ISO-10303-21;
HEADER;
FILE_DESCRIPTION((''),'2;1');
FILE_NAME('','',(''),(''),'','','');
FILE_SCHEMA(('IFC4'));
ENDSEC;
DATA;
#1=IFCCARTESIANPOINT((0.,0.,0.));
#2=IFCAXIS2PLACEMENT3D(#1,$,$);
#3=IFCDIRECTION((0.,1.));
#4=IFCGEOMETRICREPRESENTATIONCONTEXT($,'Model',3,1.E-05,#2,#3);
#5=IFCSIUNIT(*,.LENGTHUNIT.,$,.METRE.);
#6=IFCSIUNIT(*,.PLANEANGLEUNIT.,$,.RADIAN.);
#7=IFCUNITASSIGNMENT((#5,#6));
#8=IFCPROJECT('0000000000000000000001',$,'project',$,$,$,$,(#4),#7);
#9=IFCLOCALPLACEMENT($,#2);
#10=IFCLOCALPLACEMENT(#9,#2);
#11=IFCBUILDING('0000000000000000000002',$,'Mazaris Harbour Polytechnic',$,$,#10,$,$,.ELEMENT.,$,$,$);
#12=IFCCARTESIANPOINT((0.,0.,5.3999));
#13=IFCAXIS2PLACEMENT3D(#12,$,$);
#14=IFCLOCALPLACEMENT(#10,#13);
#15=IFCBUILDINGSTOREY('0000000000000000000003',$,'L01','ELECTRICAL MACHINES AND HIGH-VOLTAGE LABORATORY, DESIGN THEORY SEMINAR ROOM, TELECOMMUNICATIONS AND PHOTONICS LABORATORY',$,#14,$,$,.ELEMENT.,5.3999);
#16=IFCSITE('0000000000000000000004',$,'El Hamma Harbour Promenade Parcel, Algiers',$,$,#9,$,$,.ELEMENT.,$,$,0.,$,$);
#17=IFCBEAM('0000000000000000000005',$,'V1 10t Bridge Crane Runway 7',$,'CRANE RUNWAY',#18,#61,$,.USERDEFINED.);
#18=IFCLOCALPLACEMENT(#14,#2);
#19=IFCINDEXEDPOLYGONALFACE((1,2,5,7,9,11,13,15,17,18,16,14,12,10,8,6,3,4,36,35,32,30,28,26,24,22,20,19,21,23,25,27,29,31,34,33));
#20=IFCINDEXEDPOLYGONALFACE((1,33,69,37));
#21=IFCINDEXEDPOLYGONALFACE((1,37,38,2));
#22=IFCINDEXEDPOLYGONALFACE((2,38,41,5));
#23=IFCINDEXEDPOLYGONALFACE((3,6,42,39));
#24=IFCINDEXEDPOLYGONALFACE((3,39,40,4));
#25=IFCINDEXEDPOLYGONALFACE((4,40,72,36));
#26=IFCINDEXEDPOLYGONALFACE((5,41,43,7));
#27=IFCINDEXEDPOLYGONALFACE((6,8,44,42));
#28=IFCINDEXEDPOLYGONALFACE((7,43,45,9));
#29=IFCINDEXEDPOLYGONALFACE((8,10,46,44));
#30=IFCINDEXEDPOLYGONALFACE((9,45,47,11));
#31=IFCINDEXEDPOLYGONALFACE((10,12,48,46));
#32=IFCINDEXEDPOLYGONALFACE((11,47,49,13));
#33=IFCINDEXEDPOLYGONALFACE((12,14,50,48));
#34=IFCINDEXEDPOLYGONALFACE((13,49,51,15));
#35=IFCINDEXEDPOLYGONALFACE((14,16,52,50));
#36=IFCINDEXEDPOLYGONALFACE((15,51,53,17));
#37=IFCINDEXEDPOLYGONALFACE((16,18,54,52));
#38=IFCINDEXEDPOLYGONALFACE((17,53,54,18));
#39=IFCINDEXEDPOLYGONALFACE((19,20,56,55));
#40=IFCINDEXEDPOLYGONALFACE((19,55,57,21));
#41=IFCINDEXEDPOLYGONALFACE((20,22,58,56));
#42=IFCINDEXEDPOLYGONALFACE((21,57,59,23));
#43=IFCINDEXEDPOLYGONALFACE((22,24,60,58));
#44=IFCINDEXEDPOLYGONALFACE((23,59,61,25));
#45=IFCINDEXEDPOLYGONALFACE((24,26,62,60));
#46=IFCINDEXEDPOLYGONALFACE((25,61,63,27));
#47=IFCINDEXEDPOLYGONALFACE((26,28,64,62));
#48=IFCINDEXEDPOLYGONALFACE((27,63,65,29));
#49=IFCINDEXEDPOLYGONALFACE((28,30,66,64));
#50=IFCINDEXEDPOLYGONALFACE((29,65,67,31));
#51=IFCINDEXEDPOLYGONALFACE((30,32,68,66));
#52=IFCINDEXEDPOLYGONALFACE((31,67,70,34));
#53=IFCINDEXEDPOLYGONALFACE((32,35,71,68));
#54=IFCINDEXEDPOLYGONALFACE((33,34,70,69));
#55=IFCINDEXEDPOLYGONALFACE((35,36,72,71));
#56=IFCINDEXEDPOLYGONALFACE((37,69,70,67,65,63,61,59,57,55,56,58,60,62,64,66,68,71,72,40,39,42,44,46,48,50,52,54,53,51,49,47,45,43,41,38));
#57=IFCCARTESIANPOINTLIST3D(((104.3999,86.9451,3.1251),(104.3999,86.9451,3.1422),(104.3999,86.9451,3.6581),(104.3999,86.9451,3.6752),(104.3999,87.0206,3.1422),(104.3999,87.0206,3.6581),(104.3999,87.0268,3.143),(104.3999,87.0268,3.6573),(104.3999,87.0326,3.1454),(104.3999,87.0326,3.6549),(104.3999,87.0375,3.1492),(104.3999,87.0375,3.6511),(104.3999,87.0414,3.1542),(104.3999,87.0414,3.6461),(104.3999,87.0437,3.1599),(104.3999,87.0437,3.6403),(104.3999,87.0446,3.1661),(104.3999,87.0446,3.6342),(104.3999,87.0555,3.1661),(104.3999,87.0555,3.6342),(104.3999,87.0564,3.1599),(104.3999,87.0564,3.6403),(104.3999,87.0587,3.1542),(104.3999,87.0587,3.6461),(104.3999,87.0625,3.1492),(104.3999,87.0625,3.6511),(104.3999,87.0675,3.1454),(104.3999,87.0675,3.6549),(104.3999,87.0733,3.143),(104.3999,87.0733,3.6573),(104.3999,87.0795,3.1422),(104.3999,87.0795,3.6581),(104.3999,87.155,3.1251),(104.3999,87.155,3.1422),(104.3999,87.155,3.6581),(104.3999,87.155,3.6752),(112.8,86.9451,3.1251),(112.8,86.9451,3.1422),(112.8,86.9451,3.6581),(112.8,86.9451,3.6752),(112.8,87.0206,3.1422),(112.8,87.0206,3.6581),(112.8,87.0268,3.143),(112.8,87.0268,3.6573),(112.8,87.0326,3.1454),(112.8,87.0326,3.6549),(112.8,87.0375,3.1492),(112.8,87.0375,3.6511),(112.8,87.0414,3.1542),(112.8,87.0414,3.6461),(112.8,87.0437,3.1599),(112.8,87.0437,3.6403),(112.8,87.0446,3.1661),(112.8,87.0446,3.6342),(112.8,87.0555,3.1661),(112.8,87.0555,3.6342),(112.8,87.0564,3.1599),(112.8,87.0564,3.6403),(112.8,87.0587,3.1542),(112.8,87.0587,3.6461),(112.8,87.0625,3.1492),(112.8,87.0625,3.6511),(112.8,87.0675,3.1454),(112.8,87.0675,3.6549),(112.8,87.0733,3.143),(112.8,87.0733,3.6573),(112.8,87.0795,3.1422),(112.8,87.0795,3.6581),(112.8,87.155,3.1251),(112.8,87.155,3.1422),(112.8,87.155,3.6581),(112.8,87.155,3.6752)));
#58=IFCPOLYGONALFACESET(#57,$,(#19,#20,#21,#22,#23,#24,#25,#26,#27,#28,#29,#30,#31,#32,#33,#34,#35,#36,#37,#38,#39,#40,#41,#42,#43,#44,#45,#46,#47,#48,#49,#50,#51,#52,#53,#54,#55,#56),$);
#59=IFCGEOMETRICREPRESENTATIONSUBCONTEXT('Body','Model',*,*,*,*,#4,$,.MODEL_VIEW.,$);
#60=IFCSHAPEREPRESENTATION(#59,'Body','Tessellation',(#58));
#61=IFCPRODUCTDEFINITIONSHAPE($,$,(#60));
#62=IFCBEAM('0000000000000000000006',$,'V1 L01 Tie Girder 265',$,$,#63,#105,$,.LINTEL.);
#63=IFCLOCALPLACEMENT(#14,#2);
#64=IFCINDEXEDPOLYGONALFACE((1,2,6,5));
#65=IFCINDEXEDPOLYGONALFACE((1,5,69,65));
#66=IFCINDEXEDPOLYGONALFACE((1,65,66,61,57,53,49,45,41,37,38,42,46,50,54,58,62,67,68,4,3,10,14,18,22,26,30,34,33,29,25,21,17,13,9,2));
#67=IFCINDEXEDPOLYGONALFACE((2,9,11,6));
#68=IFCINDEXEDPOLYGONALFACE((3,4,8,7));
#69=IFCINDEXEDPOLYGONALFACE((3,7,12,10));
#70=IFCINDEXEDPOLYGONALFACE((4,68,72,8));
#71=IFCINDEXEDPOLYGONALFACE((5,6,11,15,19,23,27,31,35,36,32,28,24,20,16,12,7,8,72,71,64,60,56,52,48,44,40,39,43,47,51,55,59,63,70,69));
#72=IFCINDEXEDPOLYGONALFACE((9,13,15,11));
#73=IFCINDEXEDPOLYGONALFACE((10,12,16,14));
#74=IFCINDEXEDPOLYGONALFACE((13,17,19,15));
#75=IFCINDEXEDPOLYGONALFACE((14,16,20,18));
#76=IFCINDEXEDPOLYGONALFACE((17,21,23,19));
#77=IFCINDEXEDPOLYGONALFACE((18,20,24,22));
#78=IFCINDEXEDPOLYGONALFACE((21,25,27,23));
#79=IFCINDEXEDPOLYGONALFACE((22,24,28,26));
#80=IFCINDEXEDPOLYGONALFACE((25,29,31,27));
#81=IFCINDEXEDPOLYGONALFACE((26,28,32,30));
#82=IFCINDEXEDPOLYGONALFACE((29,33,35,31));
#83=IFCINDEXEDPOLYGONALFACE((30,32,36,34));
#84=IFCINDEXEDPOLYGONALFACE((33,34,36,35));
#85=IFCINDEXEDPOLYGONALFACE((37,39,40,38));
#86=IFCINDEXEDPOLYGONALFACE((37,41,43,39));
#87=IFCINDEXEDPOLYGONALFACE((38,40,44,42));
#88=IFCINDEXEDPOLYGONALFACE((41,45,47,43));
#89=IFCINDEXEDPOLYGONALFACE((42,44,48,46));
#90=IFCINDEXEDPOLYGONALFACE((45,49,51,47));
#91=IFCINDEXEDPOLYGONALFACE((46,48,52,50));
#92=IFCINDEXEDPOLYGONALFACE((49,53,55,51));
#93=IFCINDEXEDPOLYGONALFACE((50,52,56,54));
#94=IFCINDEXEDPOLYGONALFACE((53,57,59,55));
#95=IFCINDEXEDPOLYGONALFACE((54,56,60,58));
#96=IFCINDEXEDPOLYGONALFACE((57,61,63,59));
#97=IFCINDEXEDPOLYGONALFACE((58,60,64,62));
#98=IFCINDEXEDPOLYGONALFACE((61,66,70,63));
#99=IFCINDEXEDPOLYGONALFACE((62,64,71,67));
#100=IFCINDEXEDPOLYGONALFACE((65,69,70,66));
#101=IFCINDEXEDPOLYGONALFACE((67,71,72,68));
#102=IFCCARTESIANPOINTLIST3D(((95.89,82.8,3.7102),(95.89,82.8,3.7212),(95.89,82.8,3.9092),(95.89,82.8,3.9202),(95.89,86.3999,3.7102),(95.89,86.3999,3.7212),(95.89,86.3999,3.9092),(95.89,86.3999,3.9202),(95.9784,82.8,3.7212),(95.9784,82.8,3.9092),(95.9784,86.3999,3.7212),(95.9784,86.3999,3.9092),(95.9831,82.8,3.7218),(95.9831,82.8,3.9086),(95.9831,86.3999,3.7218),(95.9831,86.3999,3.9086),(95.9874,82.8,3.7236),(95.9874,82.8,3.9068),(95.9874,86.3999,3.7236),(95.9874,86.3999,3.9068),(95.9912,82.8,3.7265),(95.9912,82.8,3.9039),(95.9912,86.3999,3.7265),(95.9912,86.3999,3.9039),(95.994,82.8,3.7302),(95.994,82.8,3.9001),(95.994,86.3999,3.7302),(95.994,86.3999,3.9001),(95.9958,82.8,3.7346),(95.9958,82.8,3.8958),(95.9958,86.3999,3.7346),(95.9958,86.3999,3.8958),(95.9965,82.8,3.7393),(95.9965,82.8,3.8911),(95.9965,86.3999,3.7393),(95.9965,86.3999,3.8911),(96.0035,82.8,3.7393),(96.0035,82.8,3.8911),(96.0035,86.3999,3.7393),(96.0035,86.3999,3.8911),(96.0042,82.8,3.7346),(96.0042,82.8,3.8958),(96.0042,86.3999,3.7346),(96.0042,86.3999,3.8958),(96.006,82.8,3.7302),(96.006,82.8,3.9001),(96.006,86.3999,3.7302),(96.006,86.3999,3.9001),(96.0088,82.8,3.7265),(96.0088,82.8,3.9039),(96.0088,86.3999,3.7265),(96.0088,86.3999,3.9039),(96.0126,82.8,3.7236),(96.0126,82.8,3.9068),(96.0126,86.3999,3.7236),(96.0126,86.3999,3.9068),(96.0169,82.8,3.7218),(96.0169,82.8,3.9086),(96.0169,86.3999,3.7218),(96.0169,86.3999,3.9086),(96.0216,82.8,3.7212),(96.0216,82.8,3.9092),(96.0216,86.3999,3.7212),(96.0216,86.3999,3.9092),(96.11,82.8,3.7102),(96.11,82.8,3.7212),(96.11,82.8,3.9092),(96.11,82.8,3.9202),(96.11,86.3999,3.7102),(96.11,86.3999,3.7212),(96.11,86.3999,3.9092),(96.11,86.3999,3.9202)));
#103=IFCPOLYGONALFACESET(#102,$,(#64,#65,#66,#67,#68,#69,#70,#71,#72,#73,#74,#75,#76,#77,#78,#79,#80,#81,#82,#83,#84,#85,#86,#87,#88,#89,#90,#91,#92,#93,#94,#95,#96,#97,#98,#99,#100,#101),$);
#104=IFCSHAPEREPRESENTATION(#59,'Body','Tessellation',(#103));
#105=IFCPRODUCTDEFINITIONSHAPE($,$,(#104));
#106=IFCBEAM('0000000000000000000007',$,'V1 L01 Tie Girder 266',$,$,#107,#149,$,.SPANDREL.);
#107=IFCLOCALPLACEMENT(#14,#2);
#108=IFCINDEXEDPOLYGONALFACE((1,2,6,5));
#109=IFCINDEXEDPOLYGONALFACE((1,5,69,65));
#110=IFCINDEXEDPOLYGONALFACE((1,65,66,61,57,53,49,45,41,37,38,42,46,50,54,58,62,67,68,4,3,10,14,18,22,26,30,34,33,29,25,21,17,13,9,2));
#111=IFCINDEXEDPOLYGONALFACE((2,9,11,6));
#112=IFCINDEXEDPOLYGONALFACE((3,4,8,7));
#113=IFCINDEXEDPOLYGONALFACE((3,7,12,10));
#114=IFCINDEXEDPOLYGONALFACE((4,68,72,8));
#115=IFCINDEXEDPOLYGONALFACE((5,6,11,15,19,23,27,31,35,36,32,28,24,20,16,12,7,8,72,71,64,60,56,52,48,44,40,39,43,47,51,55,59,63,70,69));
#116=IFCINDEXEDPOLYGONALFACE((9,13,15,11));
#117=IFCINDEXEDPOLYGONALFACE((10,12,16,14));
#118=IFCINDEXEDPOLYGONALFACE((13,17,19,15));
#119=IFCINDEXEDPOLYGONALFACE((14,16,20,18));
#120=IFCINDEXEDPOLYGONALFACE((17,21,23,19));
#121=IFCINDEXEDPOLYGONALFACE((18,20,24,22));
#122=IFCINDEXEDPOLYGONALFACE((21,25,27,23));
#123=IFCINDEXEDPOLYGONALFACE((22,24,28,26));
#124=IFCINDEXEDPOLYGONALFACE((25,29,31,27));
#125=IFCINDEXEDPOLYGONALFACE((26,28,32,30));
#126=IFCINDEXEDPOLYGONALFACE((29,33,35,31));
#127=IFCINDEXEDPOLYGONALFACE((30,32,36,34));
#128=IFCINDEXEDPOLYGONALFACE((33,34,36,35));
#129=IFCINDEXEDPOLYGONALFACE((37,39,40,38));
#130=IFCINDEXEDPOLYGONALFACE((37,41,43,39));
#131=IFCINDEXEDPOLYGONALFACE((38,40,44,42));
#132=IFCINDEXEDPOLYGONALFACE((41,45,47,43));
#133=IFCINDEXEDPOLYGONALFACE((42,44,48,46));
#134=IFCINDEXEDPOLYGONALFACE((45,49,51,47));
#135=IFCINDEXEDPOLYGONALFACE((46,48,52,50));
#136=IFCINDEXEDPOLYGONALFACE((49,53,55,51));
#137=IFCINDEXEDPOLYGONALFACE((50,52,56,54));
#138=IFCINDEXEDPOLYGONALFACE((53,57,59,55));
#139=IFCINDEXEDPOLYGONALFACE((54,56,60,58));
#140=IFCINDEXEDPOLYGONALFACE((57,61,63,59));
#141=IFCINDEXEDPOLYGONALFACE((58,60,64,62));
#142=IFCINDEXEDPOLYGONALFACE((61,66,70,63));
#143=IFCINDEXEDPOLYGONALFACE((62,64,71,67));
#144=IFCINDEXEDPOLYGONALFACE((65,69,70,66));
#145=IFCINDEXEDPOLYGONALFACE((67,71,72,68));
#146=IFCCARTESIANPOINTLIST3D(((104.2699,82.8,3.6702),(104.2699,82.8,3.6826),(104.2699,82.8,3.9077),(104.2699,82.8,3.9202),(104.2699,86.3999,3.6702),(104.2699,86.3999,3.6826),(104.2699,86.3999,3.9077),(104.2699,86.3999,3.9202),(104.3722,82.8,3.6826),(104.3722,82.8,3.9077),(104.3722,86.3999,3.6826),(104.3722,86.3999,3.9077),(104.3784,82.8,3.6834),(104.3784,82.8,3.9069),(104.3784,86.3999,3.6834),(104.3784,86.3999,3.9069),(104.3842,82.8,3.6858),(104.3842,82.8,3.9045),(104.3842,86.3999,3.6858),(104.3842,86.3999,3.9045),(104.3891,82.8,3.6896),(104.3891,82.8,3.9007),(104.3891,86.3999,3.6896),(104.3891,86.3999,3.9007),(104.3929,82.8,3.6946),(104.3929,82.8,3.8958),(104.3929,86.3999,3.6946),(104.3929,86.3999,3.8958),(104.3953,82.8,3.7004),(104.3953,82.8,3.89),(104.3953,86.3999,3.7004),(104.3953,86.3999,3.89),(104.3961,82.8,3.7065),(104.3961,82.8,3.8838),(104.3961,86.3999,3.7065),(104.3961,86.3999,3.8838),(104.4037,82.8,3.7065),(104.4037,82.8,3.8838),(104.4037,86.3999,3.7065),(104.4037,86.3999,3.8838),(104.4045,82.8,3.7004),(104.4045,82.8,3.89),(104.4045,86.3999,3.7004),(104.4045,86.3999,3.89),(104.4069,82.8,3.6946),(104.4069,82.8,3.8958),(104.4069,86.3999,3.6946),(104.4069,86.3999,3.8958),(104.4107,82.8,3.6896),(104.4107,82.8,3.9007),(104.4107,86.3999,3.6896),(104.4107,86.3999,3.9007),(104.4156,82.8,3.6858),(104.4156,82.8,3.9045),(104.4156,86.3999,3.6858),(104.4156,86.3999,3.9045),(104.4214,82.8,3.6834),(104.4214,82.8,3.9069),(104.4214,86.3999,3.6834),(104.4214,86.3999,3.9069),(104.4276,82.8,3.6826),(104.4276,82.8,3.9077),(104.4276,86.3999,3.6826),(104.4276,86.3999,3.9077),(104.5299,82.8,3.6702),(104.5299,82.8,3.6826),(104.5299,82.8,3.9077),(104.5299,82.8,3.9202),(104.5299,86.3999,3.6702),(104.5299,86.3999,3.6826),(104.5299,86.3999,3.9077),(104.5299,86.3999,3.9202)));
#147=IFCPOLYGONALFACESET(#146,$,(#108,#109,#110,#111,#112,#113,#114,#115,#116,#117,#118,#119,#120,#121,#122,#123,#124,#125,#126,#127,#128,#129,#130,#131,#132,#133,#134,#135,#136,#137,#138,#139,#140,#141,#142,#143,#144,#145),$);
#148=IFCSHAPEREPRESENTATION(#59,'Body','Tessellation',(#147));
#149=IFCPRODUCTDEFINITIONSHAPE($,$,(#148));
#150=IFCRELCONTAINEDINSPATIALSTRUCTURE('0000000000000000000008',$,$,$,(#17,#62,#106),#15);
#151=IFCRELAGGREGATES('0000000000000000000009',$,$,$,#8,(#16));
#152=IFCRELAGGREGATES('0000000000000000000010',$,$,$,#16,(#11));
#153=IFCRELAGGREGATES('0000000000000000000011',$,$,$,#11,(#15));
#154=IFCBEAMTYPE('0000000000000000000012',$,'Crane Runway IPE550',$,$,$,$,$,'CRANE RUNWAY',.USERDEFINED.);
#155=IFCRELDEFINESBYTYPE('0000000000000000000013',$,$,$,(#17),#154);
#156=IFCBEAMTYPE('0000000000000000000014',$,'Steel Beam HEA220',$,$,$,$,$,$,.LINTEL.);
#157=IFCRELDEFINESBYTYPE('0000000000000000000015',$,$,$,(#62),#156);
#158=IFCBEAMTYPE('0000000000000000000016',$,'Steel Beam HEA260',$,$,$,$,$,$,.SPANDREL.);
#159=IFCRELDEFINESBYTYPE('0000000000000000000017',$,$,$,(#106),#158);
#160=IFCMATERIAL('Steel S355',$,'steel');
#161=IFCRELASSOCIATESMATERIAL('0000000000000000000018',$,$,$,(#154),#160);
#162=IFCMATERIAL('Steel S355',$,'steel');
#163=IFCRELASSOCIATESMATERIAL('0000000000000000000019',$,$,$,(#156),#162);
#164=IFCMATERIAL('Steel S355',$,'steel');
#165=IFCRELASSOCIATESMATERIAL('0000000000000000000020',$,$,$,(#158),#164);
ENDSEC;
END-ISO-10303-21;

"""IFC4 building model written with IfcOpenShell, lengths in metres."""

from ifc_helpers import new_model, si_unit, direction, frame, origin, origin_2d, place, context, subcontext, project, spatial, i_section, extrude, material, material_profile, profile_set, type_object, element, save


model = new_model("IFC4")

# Units and contexts
model_context = context("Model", 3, precision=1e-05, world=origin(), true_north=direction((0.0, 1.0)))
body_context = subcontext(model_context, "Body", "Model", "MODEL_VIEW")
ifc_project = project(units=[si_unit("LENGTHUNIT", "METRE"), si_unit("PLANEANGLEUNIT", "RADIAN")], contexts=[model_context])

# Site, building, storey
site_placement = place(None, origin())
site = spatial("IfcSite", under=ifc_project, at=site_placement, Name="El Hamma Harbour Promenade Parcel, Algiers", CompositionType="ELEMENT", RefElevation=0.0)
building_placement = place(site_placement, origin())
building = spatial("IfcBuilding", under=site, at=building_placement, Name="Mazaris Harbour Polytechnic", CompositionType="ELEMENT")
storey_placement = place(building_placement, frame((0.0, 0.0, 5.3999)))
storey = spatial("IfcBuildingStorey", under=building, at=storey_placement, Name="L01", Description="ELECTRICAL MACHINES AND HIGH-VOLTAGE LABORATORY, DESIGN THEORY SEMINAR ROOM, TELECOMMUNICATIONS AND PHOTONICS LABORATORY", CompositionType="ELEMENT", Elevation=5.3999)

# Beams
ifc_material_1 = material(Name="Steel S355", Category="steel")
ifc_material_profile_1 = material_profile(ifc_material_1, i_section(OverallWidth=0.21, OverallDepth=0.55, WebThickness=0.011, FlangeThickness=0.0171, FilletRadius=0.0239, at=origin_2d()), Name="IPE 550")
ifc_profile_set_1 = profile_set([ifc_material_profile_1], Name="Steel S355")
beam_type_1 = type_object("IfcBeamType", Name="Crane Runway IPE550", ElementType="CRANE RUNWAY", PredefinedType="USERDEFINED", material=ifc_profile_set_1)
beam_1_placement = place(storey_placement, frame((104.3999, 87.05, 3.4001), z_axis=(1.0, 0.0, 0.0), x_axis=(0.0, 1.0, 0.0)))
element("IfcBeam", 1, at=beam_1_placement, inside=storey, type_object=beam_type_1, Name="V1 10t Bridge Crane Runway 7", ObjectType="CRANE RUNWAY", PredefinedType="USERDEFINED", context=body_context, shape_type="SweptSolid", body=[
    extrude(i_section(OverallWidth=0.21, OverallDepth=0.55, WebThickness=0.011, FlangeThickness=0.0171, FilletRadius=0.0239, at=origin_2d()), origin(), (0.0, 0.0, 1.0), 8.4001),
])
ifc_material_2 = material(Name="Steel S355", Category="steel")
ifc_material_profile_2 = material_profile(ifc_material_2, i_section(OverallWidth=0.22, OverallDepth=0.21, WebThickness=0.0071, FlangeThickness=0.011, FilletRadius=0.0181, at=origin_2d()), Name="HEA 220")
ifc_profile_set_2 = profile_set([ifc_material_profile_2], Name="Steel S355")
beam_type_2 = type_object("IfcBeamType", Name="Steel Beam HEA220", PredefinedType="LINTEL", material=ifc_profile_set_2)
beam_2_placement = place(storey_placement, frame((96.0, 82.8, 3.8152), z_axis=(0.0, 1.0, 0.0), x_axis=(-1.0, 0.0, 0.0)))
element("IfcBeam", 2, at=beam_2_placement, inside=storey, type_object=beam_type_2, Name="V1 L01 Tie Girder 265", PredefinedType="LINTEL", context=body_context, shape_type="SweptSolid", body=[
    extrude(i_section(OverallWidth=0.22, OverallDepth=0.21, WebThickness=0.0071, FlangeThickness=0.011, FilletRadius=0.0181, at=origin_2d()), origin(), (0.0, 0.0, 1.0), 3.5999),
])
ifc_material_3 = material(Name="Steel S355", Category="steel")
ifc_material_profile_3 = material_profile(ifc_material_3, i_section(OverallWidth=0.26, OverallDepth=0.25, WebThickness=0.0076, FlangeThickness=0.0125, FilletRadius=0.0239, at=origin_2d()), Name="HEA 260")
ifc_profile_set_3 = profile_set([ifc_material_profile_3], Name="Steel S355")
beam_type_3 = type_object("IfcBeamType", Name="Steel Beam HEA260", PredefinedType="SPANDREL", material=ifc_profile_set_3)
beam_3_placement = place(storey_placement, frame((104.3999, 82.8, 3.7952), z_axis=(0.0, 1.0, 0.0), x_axis=(-1.0, 0.0, 0.0)))
element("IfcBeam", 3, at=beam_3_placement, inside=storey, type_object=beam_type_3, Name="V1 L01 Tie Girder 266", PredefinedType="SPANDREL", context=body_context, shape_type="SweptSolid", body=[
    extrude(i_section(OverallWidth=0.26, OverallDepth=0.25, WebThickness=0.0076, FlangeThickness=0.0125, FilletRadius=0.0239, at=origin_2d()), origin(), (0.0, 0.0, 1.0), 3.5999),
])

save(model, "model.ifc")
